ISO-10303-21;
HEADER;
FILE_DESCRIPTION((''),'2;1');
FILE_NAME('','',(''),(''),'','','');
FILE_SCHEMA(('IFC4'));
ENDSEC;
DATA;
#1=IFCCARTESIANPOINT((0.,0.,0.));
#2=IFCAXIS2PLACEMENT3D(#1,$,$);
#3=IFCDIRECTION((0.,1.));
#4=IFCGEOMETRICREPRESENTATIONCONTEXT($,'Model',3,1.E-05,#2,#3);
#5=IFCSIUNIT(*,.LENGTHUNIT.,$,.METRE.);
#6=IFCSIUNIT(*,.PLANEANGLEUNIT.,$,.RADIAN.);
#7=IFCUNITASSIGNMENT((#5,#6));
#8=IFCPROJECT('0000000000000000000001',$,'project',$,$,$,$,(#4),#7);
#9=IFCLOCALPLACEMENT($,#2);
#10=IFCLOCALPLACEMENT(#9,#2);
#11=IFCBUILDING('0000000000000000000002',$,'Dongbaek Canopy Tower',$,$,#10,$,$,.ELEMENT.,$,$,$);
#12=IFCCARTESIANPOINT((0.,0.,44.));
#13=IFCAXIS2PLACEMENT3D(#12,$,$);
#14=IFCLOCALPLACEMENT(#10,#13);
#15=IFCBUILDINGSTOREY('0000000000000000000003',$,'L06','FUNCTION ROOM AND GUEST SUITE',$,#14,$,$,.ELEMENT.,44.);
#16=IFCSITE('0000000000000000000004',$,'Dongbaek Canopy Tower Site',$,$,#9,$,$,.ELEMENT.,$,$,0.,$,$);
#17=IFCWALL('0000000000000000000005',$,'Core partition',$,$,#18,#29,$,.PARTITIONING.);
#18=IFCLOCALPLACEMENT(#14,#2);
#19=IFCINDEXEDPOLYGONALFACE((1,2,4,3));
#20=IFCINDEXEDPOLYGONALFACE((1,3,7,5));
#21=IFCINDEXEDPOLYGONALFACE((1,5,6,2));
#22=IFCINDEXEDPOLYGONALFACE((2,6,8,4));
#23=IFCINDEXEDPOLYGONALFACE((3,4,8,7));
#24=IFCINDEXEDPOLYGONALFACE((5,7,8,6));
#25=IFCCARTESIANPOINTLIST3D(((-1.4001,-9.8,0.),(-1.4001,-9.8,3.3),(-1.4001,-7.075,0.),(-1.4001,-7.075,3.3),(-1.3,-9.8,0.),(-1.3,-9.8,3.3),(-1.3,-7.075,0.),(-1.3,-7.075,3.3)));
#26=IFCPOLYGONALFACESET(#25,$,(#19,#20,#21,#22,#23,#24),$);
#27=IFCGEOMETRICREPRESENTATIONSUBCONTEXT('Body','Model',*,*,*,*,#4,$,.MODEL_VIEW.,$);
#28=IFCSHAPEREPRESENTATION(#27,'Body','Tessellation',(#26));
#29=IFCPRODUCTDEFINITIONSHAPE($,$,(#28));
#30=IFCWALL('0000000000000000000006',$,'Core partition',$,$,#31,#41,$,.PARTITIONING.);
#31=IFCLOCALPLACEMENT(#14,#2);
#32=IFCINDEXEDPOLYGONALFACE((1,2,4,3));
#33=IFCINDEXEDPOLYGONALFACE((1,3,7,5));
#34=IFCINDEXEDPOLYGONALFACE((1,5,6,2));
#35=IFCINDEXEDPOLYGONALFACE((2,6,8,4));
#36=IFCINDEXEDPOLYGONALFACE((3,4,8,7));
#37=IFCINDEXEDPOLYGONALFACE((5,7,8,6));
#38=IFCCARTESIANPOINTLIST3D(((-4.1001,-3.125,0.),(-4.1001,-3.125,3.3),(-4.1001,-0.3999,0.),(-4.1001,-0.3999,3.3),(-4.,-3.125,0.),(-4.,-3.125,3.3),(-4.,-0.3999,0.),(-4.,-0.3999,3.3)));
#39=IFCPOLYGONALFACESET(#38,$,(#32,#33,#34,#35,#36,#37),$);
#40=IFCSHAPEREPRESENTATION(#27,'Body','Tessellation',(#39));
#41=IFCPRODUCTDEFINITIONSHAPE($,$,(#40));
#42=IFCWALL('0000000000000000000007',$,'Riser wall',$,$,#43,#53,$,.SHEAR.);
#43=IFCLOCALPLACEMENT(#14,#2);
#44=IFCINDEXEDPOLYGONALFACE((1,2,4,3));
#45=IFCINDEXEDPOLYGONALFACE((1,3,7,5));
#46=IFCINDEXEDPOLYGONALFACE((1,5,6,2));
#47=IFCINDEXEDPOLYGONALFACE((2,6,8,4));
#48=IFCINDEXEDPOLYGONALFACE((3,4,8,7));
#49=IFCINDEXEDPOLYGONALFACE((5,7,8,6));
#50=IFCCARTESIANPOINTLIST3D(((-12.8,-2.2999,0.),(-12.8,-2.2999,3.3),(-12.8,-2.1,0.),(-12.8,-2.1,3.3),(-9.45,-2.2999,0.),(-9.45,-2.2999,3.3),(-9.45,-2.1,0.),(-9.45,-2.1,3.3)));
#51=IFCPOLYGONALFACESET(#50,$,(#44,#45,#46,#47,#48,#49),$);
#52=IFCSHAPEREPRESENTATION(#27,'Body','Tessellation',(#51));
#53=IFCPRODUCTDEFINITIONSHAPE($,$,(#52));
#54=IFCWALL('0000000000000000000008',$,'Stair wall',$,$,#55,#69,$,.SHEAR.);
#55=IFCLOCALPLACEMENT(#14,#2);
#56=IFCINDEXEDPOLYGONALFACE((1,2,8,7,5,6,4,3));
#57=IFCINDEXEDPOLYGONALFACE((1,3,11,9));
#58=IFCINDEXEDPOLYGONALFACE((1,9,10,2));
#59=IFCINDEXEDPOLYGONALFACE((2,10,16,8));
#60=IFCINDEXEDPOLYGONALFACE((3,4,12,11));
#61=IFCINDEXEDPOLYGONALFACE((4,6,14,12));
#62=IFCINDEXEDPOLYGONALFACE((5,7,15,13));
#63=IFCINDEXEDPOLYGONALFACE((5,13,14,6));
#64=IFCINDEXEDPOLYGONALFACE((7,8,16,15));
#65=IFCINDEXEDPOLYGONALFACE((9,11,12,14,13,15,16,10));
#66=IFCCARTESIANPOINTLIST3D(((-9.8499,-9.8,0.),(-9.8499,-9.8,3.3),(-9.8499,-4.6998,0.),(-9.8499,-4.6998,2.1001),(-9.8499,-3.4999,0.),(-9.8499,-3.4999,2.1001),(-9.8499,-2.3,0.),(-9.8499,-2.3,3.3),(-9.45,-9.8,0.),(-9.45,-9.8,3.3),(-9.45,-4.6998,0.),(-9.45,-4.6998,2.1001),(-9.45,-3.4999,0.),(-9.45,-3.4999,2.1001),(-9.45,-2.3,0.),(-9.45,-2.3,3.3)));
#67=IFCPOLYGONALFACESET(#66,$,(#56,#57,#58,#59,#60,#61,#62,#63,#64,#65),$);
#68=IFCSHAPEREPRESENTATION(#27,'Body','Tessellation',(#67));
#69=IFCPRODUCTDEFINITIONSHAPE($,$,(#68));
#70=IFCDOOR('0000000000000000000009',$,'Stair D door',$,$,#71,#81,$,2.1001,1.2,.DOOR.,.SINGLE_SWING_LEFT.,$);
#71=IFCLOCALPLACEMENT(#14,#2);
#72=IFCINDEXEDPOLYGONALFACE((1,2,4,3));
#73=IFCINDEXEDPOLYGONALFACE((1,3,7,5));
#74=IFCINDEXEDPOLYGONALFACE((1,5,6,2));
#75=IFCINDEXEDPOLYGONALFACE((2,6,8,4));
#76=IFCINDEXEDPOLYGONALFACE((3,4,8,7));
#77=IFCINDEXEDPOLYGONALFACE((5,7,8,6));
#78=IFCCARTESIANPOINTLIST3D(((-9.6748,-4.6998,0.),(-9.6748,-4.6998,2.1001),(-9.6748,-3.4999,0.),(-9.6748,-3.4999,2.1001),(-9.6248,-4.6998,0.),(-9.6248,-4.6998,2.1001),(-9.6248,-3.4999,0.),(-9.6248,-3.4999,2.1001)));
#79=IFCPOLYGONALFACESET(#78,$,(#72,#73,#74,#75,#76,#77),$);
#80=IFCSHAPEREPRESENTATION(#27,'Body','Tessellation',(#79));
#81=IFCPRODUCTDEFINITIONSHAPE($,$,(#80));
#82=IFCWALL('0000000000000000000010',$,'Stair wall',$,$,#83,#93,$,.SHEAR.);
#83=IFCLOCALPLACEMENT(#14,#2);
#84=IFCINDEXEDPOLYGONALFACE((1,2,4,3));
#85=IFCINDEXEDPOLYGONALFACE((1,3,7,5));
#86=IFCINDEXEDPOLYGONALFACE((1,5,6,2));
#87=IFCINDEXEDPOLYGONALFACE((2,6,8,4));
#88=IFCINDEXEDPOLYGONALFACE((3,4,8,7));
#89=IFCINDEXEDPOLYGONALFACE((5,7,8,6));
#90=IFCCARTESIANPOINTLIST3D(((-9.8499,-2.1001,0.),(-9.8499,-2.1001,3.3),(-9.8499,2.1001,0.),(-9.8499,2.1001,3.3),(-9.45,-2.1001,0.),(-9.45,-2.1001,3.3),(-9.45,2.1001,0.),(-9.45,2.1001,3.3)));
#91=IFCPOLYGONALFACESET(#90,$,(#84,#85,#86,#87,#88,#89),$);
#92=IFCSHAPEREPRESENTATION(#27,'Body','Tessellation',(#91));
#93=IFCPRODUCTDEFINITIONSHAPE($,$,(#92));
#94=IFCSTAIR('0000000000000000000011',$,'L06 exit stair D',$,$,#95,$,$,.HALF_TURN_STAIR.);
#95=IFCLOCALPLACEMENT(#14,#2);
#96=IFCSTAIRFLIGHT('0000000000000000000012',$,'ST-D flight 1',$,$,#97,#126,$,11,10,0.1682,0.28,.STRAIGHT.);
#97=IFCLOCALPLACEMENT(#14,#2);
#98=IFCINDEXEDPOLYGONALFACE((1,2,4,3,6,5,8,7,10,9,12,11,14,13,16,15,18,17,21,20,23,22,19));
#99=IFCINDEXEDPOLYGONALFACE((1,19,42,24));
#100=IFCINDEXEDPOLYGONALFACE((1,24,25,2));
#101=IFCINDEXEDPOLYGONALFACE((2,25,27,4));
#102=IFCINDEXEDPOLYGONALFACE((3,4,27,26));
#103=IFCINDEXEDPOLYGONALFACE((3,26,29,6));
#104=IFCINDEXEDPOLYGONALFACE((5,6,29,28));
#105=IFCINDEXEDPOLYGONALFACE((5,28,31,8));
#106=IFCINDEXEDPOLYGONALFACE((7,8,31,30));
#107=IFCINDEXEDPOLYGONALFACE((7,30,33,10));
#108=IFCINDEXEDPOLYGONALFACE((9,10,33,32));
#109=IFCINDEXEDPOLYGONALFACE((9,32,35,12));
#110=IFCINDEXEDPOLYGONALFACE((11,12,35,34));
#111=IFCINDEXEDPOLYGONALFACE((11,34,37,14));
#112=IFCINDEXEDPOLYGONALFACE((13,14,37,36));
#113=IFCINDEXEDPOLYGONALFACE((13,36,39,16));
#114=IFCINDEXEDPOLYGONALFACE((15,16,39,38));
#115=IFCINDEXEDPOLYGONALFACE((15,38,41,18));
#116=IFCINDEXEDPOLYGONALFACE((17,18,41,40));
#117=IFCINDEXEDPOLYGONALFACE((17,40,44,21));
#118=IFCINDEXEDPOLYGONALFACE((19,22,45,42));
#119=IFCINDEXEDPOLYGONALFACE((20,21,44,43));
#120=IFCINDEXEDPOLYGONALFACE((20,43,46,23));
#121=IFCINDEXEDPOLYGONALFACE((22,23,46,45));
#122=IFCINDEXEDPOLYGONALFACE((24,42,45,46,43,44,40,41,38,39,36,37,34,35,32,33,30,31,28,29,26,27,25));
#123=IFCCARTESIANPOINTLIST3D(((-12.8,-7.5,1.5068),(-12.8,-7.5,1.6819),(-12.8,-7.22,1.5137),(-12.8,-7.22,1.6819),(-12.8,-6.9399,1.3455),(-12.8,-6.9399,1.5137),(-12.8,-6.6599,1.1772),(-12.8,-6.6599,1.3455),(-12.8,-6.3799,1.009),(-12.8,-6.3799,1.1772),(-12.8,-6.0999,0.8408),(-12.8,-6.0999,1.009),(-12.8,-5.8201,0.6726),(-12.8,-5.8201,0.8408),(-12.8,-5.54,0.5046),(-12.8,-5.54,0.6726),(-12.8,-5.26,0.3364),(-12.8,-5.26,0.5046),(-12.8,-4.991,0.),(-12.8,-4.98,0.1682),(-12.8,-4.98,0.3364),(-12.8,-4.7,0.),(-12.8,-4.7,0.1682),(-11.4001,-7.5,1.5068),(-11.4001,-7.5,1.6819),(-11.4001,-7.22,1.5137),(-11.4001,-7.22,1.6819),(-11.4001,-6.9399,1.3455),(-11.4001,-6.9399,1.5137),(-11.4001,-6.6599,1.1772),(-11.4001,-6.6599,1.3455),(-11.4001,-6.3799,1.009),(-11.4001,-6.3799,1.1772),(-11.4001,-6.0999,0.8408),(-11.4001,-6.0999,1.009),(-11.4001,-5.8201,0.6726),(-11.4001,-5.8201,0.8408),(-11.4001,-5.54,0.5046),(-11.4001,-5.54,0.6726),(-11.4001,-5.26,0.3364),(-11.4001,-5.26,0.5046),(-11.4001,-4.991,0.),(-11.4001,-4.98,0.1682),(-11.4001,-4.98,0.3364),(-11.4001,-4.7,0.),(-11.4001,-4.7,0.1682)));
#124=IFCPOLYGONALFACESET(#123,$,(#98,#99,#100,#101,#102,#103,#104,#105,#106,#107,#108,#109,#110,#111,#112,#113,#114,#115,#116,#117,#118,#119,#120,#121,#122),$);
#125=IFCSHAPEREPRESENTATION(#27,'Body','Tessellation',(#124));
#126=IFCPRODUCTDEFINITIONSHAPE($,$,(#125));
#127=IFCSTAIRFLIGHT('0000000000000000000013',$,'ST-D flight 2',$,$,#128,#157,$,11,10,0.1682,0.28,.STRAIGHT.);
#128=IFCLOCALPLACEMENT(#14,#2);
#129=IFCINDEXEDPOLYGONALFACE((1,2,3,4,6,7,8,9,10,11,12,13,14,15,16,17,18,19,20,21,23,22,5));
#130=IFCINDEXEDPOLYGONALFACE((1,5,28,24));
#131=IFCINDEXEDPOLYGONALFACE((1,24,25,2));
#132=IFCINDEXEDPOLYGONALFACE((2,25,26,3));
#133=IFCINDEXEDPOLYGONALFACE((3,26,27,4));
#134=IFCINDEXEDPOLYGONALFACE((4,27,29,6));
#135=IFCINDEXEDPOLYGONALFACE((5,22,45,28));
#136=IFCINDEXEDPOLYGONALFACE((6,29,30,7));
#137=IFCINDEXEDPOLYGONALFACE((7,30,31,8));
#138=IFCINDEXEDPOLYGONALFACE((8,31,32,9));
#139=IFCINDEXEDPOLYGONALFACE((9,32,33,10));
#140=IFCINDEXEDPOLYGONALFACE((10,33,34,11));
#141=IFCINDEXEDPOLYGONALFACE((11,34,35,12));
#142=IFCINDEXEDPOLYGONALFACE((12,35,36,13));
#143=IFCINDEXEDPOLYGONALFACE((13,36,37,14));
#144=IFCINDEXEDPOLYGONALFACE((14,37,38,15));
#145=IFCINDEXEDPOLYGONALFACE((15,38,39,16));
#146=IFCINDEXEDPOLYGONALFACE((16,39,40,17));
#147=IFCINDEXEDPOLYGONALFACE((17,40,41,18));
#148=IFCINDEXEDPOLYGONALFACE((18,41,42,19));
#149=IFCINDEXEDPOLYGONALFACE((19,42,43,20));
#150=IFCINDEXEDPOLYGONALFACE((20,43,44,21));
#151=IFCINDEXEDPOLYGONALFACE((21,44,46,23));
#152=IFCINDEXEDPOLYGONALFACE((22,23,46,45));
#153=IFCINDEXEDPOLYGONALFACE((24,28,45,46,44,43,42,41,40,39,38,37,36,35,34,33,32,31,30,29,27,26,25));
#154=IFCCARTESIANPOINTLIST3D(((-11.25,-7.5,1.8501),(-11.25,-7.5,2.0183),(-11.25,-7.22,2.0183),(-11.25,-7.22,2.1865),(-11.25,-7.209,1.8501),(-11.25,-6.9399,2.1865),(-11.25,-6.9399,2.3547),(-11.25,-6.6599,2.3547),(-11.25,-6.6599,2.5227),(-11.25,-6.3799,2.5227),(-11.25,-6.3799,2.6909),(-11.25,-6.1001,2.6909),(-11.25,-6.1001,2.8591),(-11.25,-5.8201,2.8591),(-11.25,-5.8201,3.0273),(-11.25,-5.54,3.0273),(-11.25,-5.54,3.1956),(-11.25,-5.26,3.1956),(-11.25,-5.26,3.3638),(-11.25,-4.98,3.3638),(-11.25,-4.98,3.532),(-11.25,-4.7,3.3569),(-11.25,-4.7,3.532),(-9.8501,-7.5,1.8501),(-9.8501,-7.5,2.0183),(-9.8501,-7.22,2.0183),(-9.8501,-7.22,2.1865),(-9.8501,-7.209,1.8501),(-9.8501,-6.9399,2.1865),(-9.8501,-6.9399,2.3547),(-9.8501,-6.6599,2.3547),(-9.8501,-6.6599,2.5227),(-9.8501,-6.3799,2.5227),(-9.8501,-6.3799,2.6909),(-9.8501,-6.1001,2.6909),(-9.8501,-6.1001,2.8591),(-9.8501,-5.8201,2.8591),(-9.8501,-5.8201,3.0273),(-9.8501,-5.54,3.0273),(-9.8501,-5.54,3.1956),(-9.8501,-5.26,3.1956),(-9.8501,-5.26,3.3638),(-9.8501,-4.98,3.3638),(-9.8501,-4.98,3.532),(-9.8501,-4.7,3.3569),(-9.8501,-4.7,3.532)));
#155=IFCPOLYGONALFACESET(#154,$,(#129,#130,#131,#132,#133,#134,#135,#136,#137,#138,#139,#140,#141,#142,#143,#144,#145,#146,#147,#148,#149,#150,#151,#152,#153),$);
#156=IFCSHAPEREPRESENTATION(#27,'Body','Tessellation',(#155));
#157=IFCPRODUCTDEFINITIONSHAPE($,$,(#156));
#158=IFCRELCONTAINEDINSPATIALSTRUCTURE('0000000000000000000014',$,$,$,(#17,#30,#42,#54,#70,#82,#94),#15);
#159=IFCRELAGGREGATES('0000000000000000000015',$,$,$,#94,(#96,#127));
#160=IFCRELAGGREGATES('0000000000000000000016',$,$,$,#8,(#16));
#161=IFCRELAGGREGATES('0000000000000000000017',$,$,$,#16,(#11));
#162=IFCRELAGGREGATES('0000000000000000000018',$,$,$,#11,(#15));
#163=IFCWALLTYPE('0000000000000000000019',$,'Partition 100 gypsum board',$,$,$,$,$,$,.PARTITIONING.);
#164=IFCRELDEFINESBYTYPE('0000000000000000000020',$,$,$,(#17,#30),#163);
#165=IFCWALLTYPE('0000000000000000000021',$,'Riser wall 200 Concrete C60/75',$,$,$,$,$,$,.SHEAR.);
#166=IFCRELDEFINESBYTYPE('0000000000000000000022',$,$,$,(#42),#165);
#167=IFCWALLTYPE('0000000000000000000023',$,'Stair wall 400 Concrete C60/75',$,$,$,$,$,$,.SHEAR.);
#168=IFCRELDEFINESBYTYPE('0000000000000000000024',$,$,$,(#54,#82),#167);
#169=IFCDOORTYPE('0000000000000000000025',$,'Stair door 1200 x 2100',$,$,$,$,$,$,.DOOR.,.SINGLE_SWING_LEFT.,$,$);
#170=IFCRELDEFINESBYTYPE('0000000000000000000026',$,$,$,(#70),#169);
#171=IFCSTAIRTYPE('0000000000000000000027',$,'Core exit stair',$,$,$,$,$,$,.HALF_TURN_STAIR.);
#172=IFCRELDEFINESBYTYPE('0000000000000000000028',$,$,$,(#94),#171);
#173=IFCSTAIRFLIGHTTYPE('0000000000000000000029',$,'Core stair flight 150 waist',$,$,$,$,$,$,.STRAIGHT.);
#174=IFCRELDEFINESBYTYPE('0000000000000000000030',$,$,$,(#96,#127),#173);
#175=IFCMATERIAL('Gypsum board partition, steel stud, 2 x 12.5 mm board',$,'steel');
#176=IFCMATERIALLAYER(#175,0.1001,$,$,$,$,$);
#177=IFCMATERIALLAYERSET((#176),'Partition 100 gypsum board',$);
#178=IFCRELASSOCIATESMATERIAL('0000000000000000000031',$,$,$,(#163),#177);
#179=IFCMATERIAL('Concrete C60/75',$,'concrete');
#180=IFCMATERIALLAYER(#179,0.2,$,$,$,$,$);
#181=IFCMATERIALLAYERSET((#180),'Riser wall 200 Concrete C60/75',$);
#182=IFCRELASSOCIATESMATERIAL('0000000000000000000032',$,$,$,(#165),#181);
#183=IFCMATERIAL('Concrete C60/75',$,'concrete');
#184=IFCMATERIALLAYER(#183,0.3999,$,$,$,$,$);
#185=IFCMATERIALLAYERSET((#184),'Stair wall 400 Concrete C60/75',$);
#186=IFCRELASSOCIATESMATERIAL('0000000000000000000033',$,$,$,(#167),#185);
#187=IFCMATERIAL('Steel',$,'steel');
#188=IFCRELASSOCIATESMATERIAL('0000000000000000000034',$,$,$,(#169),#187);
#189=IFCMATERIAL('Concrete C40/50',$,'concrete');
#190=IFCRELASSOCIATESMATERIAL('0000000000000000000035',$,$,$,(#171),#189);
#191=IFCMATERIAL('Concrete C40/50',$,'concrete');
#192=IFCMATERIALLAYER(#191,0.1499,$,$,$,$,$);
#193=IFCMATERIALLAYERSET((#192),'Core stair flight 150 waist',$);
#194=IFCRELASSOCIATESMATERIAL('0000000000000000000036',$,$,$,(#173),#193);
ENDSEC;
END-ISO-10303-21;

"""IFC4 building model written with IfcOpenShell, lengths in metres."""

from ifc_helpers import new_model, si_unit, direction, frame, frame_2d, origin, place, context, subcontext, project, spatial, polyline, rectangle, outline, extrude, material, layer, layer_set, type_object, element, fill, aggregate, save


model = new_model("IFC4")

# Units and contexts
model_context = context("Model", 3, precision=1e-05, world=origin(), true_north=direction((0.0, 1.0)))
body_context = subcontext(model_context, "Body", "Model", "MODEL_VIEW")
ifc_project = project(units=[si_unit("LENGTHUNIT", "METRE"), si_unit("PLANEANGLEUNIT", "RADIAN")], contexts=[model_context])

# Site, building, storey
site_placement = place(None, origin())
site = spatial("IfcSite", under=ifc_project, at=site_placement, Name="Dongbaek Canopy Tower Site", CompositionType="ELEMENT", RefElevation=0.0)
building_placement = place(site_placement, origin())
building = spatial("IfcBuilding", under=site, at=building_placement, Name="Dongbaek Canopy Tower", CompositionType="ELEMENT")
storey_placement = place(building_placement, frame((0.0, 0.0, 44.0)))
storey = spatial("IfcBuildingStorey", under=building, at=storey_placement, Name="L06", Description="FUNCTION ROOM AND GUEST SUITE", CompositionType="ELEMENT", Elevation=44.0)

# Walls
ifc_material_1 = material(Name="Gypsum board partition, steel stud, 2 x 12.5 mm board", Category="steel")
ifc_layer_1 = layer(ifc_material_1, 0.1001)
ifc_layer_set_1 = layer_set([ifc_layer_1], Name="Partition 100 gypsum board")
wall_type_1 = type_object("IfcWallType", Name="Partition 100 gypsum board", PredefinedType="PARTITIONING", material=ifc_layer_set_1)
for number, where, z_axis, x_axis, name in (
    (1, (-1.3501, -9.8, 0.0), (0.0, 0.0, 1.0), (0.0, 1.0, 0.0), "Core partition"),
    (2, (-4.05, -3.125, 0.0), (0.0, 0.0, 1.0), (0.0, 1.0, 0.0), "Core partition"),
):
    element("IfcWall", number, at=place(storey_placement, frame(where, z_axis=z_axis, x_axis=x_axis)), inside=storey, type_object=wall_type_1, Name=name, PredefinedType="PARTITIONING", context=body_context, shape_type="SweptSolid", body=[
        extrude(rectangle(XDim=2.7251, YDim=0.1001, at=frame_2d((1.3625, 0.0))), origin(), (0.0, 0.0, 1.0), 3.3),
    ])
ifc_material_2 = material(Name="Concrete C60/75", Category="concrete")
ifc_layer_2 = layer(ifc_material_2, 0.2)
ifc_layer_set_2 = layer_set([ifc_layer_2], Name="Riser wall 200 Concrete C60/75")
wall_type_2 = type_object("IfcWallType", Name="Riser wall 200 Concrete C60/75", PredefinedType="SHEAR", material=ifc_layer_set_2)
wall_1_placement = place(storey_placement, frame((-9.45, -2.2, 0.0), z_axis=(0.0, 0.0, 1.0), x_axis=(-1.0, 0.0, 0.0)))
element("IfcWall", 3, at=wall_1_placement, inside=storey, type_object=wall_type_2, Name="Riser wall", PredefinedType="SHEAR", context=body_context, shape_type="SweptSolid", body=[
    extrude(rectangle(XDim=3.3501, YDim=0.2, at=frame_2d((1.675, 0.0))), origin(), (0.0, 0.0, 1.0), 3.3),
])

# Wall, opening, door
ifc_material_3 = material(Name="Concrete C60/75", Category="concrete")
ifc_layer_3 = layer(ifc_material_3, 0.3999)
ifc_layer_set_3 = layer_set([ifc_layer_3], Name="Stair wall 400 Concrete C60/75")
wall_type_3 = type_object("IfcWallType", Name="Stair wall 400 Concrete C60/75", PredefinedType="SHEAR", material=ifc_layer_set_3)
wall_2_placement = place(storey_placement, frame((-9.6499, -9.8, 0.0), z_axis=(0.0, 0.0, 1.0), x_axis=(0.0, 1.0, 0.0)))
wall_2 = element("IfcWall", 4, at=wall_2_placement, inside=storey, type_object=wall_type_3, Name="Stair wall", PredefinedType="SHEAR", context=body_context, shape_type="SweptSolid", body=[
    extrude(rectangle(XDim=7.5, YDim=0.3999, at=frame_2d((3.75, 0.0))), origin(), (0.0, 0.0, 1.0), 3.3),
])
opening_1_placement = place(wall_2_placement, frame((5.1001, 0.0, 0.0)))
opening_1 = element("IfcOpeningElement", 5, at=opening_1_placement, cuts=wall_2, PredefinedType="OPENING", context=body_context, shape_type="SweptSolid", body=[
    extrude(rectangle(XDim=1.2, YDim=2.1001, at=frame_2d((0.6001, 1.05))), frame((0.0, 0.21, 0.0), z_axis=(0.0, -1.0, 0.0), x_axis=(1.0, 0.0, 0.0)), (0.0, 0.0, 1.0), 0.4199),
])
ifc_material_4 = material(Name="Steel", Category="steel")
door_type_1 = type_object("IfcDoorType", Name="Stair door 1200 x 2100", OperationType="SINGLE_SWING_LEFT", PredefinedType="DOOR", material=ifc_material_4)
door_1_placement = place(opening_1_placement, origin())
door_1 = element("IfcDoor", 6, at=door_1_placement, inside=storey, type_object=door_type_1, Name="Stair D door", OperationType="SINGLE_SWING_LEFT", OverallHeight=2.1001, OverallWidth=1.2, PredefinedType="DOOR", context=body_context, shape_type="SweptSolid", body=[
    extrude(rectangle(XDim=1.2, YDim=2.1001, at=frame_2d((0.6001, 1.05))), frame((0.0, 0.0249, 0.0), z_axis=(0.0, -1.0, 0.0), x_axis=(1.0, 0.0, 0.0)), (0.0, 0.0, 1.0), 0.05),
])
fill(opening_1, door_1)

# Wall
wall_3_placement = place(storey_placement, frame((-9.6499, -2.1001, 0.0), z_axis=(0.0, 0.0, 1.0), x_axis=(0.0, 1.0, 0.0)))
element("IfcWall", 7, at=wall_3_placement, inside=storey, type_object=wall_type_3, Name="Stair wall", PredefinedType="SHEAR", context=body_context, shape_type="SweptSolid", body=[
    extrude(rectangle(XDim=4.2002, YDim=0.3999, at=frame_2d((2.1001, 0.0))), origin(), (0.0, 0.0, 1.0), 3.3),
])

# Stair, stair flights
ifc_material_5 = material(Name="Concrete C40/50", Category="concrete")
stair_type = type_object("IfcStairType", Name="Core exit stair", PredefinedType="HALF_TURN_STAIR", material=ifc_material_5)
stair_placement = place(storey_placement, origin())
stair = element("IfcStair", 8, at=stair_placement, inside=storey, type_object=stair_type, Name="L06 exit stair D", PredefinedType="HALF_TURN_STAIR")
ifc_material_6 = material(Name="Concrete C40/50", Category="concrete")
ifc_layer_4 = layer(ifc_material_6, 0.1499)
ifc_layer_set_4 = layer_set([ifc_layer_4], Name="Core stair flight 150 waist")
stair_flight_type = type_object("IfcStairFlightType", Name="Core stair flight 150 waist", PredefinedType="STRAIGHT", material=ifc_layer_set_4)
stair_flight_1_placement = place(storey_placement, frame((-12.1001, -4.7, 0.0), z_axis=(0.0, 0.0, 1.0), x_axis=(0.0, -1.0, 0.0)))
stair_flight_1 = element("IfcStairFlight", 9, at=stair_flight_1_placement, type_object=stair_flight_type, Name="ST-D flight 1", NumberOfRisers=11, NumberOfTreads=10, PredefinedType="STRAIGHT", RiserHeight=0.1682, TreadLength=0.28, context=body_context, shape_type="SweptSolid", body=[
    extrude(outline(polyline([(0.0, 0.0), (0.0, 0.1682), (0.28, 0.1682), (0.28, 0.3364), (0.5601, 0.3364), (0.5601, 0.5046), (0.8401, 0.5046), (0.8401, 0.6726), (1.1201, 0.6726), (1.1201, 0.8408), (1.3999, 0.8408), (1.3999, 1.009), (1.6799, 1.009), (1.6799, 1.1772), (1.96, 1.1772), (1.96, 1.3455), (2.24, 1.3455), (2.24, 1.5137), (2.52, 1.5137), (2.52, 1.6819), (2.8, 1.6819), (2.8, 1.8501), (2.8, 1.5068), (0.291, 0.0), (0.0, 0.0)])), frame((0.0, 0.7, 0.0), z_axis=(0.0, -1.0, 0.0), x_axis=(1.0, 0.0, 0.0)), (0.0, 0.0, 1.0), 1.3999),
])
stair_flight_2_placement = place(storey_placement, frame((-10.55, -7.5, 1.8501), z_axis=(0.0, 0.0, 1.0), x_axis=(0.0, 1.0, 0.0)))
stair_flight_2 = element("IfcStairFlight", 10, at=stair_flight_2_placement, type_object=stair_flight_type, Name="ST-D flight 2", NumberOfRisers=11, NumberOfTreads=10, PredefinedType="STRAIGHT", RiserHeight=0.1682, TreadLength=0.28, context=body_context, shape_type="SweptSolid", body=[
    extrude(outline(polyline([(0.0, 0.0), (0.0, 0.1682), (0.28, 0.1682), (0.28, 0.3364), (0.5601, 0.3364), (0.5601, 0.5046), (0.8401, 0.5046), (0.8401, 0.6726), (1.1201, 0.6726), (1.1201, 0.8408), (1.3999, 0.8408), (1.3999, 1.009), (1.6799, 1.009), (1.6799, 1.1772), (1.96, 1.1772), (1.96, 1.3455), (2.24, 1.3455), (2.24, 1.5137), (2.52, 1.5137), (2.52, 1.6819), (2.8, 1.6819), (2.8, 1.8501), (2.8, 1.5068), (0.291, 0.0), (0.0, 0.0)])), frame((0.0, 0.7, 0.0), z_axis=(0.0, -1.0, 0.0), x_axis=(1.0, 0.0, 0.0)), (0.0, 0.0, 1.0), 1.3999),
])
aggregate(stair, [stair_flight_1, stair_flight_2])

save(model, "model.ifc")
